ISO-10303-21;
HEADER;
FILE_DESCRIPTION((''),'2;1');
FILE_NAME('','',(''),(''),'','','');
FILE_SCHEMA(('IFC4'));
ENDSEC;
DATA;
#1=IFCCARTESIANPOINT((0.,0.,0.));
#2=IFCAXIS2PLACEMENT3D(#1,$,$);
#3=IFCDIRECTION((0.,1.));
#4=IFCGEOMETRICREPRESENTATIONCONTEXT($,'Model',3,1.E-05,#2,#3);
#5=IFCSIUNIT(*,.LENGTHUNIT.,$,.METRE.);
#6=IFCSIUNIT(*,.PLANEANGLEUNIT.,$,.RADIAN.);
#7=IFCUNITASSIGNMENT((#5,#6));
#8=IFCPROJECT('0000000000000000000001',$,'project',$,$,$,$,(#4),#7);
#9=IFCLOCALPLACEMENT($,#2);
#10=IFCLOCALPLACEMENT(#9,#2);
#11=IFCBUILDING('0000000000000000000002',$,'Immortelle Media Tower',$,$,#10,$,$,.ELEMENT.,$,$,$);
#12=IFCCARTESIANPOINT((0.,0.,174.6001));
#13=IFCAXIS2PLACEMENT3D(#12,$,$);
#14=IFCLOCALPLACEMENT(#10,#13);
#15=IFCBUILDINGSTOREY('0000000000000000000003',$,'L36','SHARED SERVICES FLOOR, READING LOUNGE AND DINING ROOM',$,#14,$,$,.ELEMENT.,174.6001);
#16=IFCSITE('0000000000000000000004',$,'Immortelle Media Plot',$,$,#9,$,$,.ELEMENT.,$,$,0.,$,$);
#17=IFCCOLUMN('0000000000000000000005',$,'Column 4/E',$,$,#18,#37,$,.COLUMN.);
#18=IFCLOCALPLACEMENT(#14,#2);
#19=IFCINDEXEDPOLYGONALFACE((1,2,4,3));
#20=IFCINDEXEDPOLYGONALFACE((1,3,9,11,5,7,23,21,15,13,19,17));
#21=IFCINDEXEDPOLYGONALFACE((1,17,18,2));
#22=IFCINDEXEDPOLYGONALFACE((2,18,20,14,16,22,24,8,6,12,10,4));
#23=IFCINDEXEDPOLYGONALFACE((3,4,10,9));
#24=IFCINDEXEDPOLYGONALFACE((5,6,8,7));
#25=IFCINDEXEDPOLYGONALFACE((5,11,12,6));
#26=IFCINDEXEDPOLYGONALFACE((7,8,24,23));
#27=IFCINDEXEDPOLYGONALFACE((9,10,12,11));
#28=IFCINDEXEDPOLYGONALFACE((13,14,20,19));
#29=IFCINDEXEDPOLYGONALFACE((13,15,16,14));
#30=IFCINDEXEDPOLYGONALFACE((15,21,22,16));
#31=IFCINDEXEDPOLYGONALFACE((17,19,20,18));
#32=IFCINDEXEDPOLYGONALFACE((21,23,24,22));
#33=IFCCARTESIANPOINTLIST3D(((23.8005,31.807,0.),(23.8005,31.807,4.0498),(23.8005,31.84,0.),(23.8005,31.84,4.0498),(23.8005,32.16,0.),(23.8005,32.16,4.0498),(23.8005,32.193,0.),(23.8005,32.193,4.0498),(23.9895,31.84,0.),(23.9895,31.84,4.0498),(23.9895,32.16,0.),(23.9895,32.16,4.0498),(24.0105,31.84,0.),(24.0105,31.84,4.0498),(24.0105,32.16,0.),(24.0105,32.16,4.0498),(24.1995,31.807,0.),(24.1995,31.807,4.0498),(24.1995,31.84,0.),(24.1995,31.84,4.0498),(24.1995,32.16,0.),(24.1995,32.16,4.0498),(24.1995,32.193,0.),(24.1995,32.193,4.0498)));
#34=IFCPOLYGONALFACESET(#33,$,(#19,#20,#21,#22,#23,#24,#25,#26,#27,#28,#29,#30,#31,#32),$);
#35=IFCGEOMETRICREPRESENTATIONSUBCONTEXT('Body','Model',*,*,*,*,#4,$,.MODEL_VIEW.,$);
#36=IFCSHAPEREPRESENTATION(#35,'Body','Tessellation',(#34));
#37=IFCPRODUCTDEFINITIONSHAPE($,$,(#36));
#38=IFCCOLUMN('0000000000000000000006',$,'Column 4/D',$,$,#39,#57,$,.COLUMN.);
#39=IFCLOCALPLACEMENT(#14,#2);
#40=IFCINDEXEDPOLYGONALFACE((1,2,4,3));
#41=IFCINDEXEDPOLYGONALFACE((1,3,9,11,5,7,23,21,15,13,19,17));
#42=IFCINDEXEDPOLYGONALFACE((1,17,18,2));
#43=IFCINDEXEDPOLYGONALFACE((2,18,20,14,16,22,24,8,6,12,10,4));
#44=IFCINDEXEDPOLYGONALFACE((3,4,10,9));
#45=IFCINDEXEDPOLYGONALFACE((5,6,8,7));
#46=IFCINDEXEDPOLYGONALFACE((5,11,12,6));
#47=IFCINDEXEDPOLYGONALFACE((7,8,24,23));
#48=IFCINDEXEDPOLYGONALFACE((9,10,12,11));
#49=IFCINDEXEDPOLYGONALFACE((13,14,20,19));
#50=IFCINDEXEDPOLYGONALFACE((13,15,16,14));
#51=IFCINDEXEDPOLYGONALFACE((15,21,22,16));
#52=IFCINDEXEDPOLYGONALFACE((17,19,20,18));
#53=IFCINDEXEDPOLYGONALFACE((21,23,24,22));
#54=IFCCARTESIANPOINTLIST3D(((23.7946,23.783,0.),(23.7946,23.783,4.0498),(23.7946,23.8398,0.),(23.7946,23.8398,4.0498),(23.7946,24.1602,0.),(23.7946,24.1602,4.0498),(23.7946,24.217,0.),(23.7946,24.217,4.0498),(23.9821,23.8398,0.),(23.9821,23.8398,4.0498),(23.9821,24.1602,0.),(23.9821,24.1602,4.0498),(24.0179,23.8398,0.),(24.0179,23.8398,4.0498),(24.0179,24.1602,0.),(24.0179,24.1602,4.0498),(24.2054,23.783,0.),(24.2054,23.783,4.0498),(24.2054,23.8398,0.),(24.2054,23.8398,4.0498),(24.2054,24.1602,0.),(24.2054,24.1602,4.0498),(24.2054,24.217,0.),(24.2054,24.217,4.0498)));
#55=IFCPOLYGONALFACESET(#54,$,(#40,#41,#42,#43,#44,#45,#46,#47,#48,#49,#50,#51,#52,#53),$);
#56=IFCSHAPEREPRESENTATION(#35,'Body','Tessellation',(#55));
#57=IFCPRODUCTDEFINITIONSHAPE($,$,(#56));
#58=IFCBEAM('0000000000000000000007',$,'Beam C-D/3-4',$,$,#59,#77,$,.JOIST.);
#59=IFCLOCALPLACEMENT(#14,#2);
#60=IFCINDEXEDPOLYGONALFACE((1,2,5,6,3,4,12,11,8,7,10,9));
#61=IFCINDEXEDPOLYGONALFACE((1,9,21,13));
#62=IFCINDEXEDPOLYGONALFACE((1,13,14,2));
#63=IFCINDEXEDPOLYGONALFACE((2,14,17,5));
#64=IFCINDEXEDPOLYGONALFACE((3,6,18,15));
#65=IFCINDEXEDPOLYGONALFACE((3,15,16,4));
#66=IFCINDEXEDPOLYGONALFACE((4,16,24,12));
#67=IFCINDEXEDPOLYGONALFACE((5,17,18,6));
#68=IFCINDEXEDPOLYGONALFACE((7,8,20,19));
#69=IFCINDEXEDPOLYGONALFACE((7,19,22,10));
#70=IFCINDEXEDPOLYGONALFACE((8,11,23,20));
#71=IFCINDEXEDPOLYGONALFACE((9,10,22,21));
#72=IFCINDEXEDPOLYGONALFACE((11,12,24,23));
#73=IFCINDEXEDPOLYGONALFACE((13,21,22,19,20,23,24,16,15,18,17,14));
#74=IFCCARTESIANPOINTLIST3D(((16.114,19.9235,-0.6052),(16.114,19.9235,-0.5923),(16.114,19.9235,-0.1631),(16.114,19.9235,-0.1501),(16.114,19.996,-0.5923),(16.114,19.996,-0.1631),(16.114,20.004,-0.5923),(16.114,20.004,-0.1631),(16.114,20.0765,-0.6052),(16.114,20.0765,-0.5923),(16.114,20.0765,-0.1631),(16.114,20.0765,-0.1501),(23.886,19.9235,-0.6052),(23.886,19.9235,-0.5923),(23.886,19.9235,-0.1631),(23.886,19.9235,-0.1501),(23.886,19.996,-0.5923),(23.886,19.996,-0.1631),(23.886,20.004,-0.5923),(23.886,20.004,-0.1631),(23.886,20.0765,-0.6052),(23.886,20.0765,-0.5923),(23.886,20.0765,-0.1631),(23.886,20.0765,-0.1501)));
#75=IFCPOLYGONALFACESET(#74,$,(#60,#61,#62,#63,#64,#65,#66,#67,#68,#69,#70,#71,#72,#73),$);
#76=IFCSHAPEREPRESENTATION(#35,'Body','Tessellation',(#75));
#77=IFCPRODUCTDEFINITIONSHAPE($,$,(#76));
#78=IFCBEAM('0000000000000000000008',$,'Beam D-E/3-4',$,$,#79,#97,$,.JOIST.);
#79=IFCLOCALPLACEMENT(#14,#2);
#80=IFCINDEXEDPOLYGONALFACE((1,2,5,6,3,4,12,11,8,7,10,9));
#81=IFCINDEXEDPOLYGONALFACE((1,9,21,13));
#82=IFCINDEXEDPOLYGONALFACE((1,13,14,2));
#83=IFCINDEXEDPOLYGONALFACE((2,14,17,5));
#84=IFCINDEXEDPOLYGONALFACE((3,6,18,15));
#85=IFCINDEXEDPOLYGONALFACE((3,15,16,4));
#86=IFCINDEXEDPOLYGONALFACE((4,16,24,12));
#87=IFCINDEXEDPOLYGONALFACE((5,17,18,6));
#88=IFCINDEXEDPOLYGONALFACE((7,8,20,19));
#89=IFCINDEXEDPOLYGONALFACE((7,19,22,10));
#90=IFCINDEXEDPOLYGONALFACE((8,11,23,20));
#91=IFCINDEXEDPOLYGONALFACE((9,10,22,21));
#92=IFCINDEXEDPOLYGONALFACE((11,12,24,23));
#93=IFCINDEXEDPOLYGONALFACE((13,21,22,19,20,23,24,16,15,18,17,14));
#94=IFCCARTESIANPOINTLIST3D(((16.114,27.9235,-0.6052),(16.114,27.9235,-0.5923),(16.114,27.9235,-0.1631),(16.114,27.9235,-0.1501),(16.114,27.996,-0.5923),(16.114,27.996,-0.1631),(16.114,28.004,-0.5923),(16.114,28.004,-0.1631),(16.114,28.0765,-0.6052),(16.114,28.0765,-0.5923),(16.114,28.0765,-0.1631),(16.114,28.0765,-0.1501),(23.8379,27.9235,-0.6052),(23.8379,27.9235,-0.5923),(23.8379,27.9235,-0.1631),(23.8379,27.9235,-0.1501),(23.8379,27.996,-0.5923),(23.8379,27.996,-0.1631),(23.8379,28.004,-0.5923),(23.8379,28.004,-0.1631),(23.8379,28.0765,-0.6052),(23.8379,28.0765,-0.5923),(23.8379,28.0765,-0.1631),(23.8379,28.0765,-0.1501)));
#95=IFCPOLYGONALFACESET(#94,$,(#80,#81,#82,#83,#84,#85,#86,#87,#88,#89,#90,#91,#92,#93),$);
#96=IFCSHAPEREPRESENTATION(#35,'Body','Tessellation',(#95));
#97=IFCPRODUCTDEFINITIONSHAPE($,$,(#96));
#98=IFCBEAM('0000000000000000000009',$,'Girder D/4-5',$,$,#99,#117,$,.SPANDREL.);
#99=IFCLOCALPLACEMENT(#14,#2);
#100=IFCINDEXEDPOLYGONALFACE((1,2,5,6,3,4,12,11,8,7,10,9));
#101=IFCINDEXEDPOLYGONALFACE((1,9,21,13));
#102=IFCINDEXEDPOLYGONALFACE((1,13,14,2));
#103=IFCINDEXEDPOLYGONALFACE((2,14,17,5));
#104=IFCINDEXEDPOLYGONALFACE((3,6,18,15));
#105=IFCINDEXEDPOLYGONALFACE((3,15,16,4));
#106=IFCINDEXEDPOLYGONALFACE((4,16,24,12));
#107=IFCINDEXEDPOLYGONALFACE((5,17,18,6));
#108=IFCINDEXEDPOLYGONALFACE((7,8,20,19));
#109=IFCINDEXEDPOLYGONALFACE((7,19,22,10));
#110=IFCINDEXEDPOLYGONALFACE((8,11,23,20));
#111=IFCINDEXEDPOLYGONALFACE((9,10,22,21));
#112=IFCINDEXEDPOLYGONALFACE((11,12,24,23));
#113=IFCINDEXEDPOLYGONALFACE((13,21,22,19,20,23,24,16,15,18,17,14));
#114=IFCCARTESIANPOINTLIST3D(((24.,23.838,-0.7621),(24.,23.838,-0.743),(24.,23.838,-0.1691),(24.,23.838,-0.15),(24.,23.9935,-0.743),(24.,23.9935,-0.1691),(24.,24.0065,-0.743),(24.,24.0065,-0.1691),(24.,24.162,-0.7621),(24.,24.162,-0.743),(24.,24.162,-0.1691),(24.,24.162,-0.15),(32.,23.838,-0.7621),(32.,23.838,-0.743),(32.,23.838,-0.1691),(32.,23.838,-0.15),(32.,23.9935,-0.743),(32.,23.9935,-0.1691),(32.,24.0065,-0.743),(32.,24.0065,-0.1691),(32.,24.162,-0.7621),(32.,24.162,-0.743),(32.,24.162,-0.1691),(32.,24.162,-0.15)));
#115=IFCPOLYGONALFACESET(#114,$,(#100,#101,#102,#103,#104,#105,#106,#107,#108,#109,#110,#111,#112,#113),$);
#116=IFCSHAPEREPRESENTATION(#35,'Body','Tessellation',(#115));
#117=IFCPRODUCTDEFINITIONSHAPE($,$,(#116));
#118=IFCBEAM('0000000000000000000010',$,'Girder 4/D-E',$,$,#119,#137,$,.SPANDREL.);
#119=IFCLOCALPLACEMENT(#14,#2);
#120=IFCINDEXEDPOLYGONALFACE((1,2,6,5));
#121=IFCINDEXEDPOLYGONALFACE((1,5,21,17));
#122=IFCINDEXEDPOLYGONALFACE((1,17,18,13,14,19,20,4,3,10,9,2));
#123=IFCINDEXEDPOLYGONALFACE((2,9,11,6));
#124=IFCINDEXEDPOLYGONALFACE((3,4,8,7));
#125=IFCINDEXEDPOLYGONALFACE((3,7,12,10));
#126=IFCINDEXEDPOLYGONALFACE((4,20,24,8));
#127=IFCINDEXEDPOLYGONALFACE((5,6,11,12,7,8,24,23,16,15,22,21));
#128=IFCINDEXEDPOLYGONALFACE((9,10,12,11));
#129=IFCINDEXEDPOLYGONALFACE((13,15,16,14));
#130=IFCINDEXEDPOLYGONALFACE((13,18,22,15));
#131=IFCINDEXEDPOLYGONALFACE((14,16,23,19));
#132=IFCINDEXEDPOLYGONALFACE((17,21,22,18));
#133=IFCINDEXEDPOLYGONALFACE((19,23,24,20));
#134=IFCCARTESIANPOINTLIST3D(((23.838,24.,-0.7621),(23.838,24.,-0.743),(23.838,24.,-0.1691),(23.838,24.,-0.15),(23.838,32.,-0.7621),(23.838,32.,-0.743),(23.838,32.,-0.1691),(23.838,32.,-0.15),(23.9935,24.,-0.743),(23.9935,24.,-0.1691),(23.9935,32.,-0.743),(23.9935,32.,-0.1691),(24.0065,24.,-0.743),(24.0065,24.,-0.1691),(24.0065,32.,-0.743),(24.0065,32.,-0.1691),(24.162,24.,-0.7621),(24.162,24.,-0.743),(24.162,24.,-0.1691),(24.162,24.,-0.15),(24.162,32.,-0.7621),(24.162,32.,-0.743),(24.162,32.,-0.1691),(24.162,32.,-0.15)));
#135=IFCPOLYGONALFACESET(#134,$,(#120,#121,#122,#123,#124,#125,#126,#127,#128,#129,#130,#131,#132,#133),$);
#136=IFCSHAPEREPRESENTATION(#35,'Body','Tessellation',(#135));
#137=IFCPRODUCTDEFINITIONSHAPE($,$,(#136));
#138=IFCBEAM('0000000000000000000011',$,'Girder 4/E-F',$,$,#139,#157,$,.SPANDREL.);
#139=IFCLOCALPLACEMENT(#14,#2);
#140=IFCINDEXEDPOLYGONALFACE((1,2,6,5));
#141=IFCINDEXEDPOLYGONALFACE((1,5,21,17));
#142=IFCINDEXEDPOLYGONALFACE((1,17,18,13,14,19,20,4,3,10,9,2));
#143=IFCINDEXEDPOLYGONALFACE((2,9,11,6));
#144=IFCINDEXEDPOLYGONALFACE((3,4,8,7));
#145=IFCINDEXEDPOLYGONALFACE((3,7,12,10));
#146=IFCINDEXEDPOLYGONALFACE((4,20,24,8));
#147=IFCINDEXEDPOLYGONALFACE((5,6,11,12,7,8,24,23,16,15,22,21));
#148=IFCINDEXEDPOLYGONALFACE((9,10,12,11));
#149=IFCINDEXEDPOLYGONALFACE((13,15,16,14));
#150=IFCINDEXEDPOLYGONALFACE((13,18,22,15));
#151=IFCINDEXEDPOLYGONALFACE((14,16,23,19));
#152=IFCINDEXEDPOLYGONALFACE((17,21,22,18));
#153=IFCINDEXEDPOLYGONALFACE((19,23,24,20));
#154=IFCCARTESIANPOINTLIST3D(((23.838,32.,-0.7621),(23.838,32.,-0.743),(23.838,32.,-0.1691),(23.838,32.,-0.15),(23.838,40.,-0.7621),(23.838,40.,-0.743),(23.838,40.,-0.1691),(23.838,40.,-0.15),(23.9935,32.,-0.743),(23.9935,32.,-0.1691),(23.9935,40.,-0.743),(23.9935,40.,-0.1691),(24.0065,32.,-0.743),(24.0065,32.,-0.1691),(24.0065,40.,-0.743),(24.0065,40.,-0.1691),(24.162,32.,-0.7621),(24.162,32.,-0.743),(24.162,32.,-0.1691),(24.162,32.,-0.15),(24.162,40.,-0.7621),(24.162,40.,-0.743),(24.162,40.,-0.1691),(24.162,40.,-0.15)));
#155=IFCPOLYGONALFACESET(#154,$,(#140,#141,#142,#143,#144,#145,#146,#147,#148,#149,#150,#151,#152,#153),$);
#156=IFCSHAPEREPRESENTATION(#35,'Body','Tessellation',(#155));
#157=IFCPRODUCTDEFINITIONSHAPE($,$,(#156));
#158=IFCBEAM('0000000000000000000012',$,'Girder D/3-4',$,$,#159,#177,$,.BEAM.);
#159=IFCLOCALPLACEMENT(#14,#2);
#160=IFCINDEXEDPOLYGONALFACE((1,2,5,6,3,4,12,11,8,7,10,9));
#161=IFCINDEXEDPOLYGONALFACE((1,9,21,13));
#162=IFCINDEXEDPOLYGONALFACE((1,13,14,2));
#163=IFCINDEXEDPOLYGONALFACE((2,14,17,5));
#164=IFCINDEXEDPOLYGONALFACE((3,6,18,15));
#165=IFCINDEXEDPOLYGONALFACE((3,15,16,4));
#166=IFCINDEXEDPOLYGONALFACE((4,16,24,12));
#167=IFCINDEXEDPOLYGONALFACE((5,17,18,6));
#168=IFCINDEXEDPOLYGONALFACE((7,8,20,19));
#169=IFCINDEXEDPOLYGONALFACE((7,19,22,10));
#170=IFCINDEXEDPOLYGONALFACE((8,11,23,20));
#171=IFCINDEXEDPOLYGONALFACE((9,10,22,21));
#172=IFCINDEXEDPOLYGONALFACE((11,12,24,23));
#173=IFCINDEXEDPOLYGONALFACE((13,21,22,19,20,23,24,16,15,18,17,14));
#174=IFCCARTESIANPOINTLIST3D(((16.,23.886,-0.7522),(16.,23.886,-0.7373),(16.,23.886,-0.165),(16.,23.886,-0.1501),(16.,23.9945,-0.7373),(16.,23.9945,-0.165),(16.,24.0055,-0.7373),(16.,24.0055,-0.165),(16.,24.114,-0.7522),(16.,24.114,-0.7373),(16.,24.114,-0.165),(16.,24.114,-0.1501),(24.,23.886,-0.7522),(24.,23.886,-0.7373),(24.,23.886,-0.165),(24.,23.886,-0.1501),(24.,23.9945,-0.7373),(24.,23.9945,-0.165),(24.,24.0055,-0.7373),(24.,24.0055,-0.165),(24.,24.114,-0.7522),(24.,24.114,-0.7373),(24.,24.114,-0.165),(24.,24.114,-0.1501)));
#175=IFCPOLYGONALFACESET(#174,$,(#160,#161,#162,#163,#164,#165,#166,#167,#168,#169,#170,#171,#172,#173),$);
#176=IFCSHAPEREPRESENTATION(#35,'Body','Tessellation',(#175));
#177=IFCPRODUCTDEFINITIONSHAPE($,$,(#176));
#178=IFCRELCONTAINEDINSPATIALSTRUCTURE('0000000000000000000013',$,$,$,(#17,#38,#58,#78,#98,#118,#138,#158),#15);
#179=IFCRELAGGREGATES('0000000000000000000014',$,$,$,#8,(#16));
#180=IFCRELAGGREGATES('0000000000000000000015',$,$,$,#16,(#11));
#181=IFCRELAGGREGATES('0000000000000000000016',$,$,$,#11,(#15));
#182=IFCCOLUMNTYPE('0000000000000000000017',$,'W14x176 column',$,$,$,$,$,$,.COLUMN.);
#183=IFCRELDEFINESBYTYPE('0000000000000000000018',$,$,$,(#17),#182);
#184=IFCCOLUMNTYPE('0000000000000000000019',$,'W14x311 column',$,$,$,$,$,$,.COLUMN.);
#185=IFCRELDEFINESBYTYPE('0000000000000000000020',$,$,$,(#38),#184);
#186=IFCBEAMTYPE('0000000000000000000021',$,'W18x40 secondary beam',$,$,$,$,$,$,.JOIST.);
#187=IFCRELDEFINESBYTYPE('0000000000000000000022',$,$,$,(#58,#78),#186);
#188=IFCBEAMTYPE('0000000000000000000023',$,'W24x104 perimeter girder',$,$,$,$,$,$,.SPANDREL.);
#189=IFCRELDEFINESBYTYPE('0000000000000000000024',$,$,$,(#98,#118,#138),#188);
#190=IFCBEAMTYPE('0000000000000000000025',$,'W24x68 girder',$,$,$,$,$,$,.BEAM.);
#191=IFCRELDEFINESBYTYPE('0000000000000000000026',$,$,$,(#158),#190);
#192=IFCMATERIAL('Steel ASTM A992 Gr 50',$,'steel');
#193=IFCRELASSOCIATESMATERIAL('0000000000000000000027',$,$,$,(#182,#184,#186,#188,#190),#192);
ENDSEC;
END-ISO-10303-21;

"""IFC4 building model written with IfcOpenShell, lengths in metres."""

from ifc_helpers import new_model, si_unit, direction, frame, origin, origin_2d, place, context, subcontext, project, spatial, i_section, extrude, material, material_profile, profile_set, type_object, element, save


model = new_model("IFC4")

# Units and contexts
model_context = context("Model", 3, precision=1e-05, world=origin(), true_north=direction((0.0, 1.0)))
body_context = subcontext(model_context, "Body", "Model", "MODEL_VIEW")
ifc_project = project(units=[si_unit("LENGTHUNIT", "METRE"), si_unit("PLANEANGLEUNIT", "RADIAN")], contexts=[model_context])

# Site, building, storey
site_placement = place(None, origin())
site = spatial("IfcSite", under=ifc_project, at=site_placement, Name="Immortelle Media Plot", CompositionType="ELEMENT", RefElevation=0.0)
building_placement = place(site_placement, origin())
building = spatial("IfcBuilding", under=site, at=building_placement, Name="Immortelle Media Tower", CompositionType="ELEMENT")
storey_placement = place(building_placement, frame((0.0, 0.0, 174.6001)))
storey = spatial("IfcBuildingStorey", under=building, at=storey_placement, Name="L36", Description="SHARED SERVICES FLOOR, READING LOUNGE AND DINING ROOM", CompositionType="ELEMENT", Elevation=174.6001)

# Columns
ifc_material_1 = material(Name="Steel ASTM A992 Gr 50", Category="steel")
ifc_material_profile_1 = material_profile(ifc_material_1, i_section(OverallWidth=0.3989, OverallDepth=0.386, WebThickness=0.021, FlangeThickness=0.033, at=origin_2d()), Name="W14x176")
ifc_profile_set_1 = profile_set([ifc_material_profile_1], Name="Steel ASTM A992 Gr 50")
column_type_1 = type_object("IfcColumnType", Name="W14x176 column", PredefinedType="COLUMN", material=ifc_profile_set_1)
column_1_placement = place(storey_placement, frame((24.0, 32.0, 0.0), z_axis=(0.0, 0.0, 1.0), x_axis=(1.0, 0.0, 0.0)))
element("IfcColumn", 1, at=column_1_placement, inside=storey, type_object=column_type_1, Name="Column 4/E", PredefinedType="COLUMN", context=body_context, shape_type="SweptSolid", body=[
    extrude(i_section(OverallWidth=0.3989, OverallDepth=0.386, WebThickness=0.021, FlangeThickness=0.033, at=origin_2d()), origin(), (0.0, 0.0, 1.0), 4.0498),
])
ifc_material_profile_2 = material_profile(ifc_material_1, i_section(OverallWidth=0.4109, OverallDepth=0.4341, WebThickness=0.0359, FlangeThickness=0.0569, at=origin_2d()), Name="W14x311")
ifc_profile_set_2 = profile_set([ifc_material_profile_2], Name="Steel ASTM A992 Gr 50")
column_type_2 = type_object("IfcColumnType", Name="W14x311 column", PredefinedType="COLUMN", material=ifc_profile_set_2)
column_2_placement = place(storey_placement, frame((24.0, 24.0, 0.0), z_axis=(0.0, 0.0, 1.0), x_axis=(1.0, 0.0, 0.0)))
element("IfcColumn", 2, at=column_2_placement, inside=storey, type_object=column_type_2, Name="Column 4/D", PredefinedType="COLUMN", context=body_context, shape_type="SweptSolid", body=[
    extrude(i_section(OverallWidth=0.4109, OverallDepth=0.4341, WebThickness=0.0359, FlangeThickness=0.0569, at=origin_2d()), origin(), (0.0, 0.0, 1.0), 4.0498),
])

# Beams
ifc_material_profile_3 = material_profile(ifc_material_1, i_section(OverallWidth=0.1531, OverallDepth=0.4551, WebThickness=0.0081, FlangeThickness=0.0129, at=origin_2d()), Name="W18x40")
ifc_profile_set_3 = profile_set([ifc_material_profile_3], Name="Steel ASTM A992 Gr 50")
beam_type_1 = type_object("IfcBeamType", Name="W18x40 secondary beam", PredefinedType="JOIST", material=ifc_profile_set_3)
beam_1_placement = place(storey_placement, frame((16.114, 20.0, -0.3777), z_axis=(1.0, 0.0, 0.0), x_axis=(0.0, 1.0, 0.0)))
element("IfcBeam", 3, at=beam_1_placement, inside=storey, type_object=beam_type_1, Name="Beam C-D/3-4", PredefinedType="JOIST", context=body_context, shape_type="SweptSolid", body=[
    extrude(i_section(OverallWidth=0.1531, OverallDepth=0.4551, WebThickness=0.0081, FlangeThickness=0.0129, at=origin_2d()), origin(), (0.0, 0.0, 1.0), 7.772),
])
beam_2_placement = place(storey_placement, frame((16.114, 28.0, -0.3777), z_axis=(1.0, 0.0, 0.0), x_axis=(0.0, 1.0, 0.0)))
element("IfcBeam", 4, at=beam_2_placement, inside=storey, type_object=beam_type_1, Name="Beam D-E/3-4", PredefinedType="JOIST", context=body_context, shape_type="SweptSolid", body=[
    extrude(i_section(OverallWidth=0.1531, OverallDepth=0.4551, WebThickness=0.0081, FlangeThickness=0.0129, at=origin_2d()), origin(), (0.0, 0.0, 1.0), 7.7239),
])
ifc_material_profile_4 = material_profile(ifc_material_1, i_section(OverallWidth=0.324, OverallDepth=0.6121, WebThickness=0.0129, FlangeThickness=0.019, at=origin_2d()), Name="W24x104")
ifc_profile_set_4 = profile_set([ifc_material_profile_4], Name="Steel ASTM A992 Gr 50")
beam_type_2 = type_object("IfcBeamType", Name="W24x104 perimeter girder", PredefinedType="SPANDREL", material=ifc_profile_set_4)
for number, where, z_axis, x_axis, name in (
    (5, (24.0, 24.0, -0.4561), (1.0, 0.0, 0.0), (0.0, 1.0, 0.0), "Girder D/4-5"),
    (6, (24.0, 24.0, -0.4561), (0.0, 1.0, 0.0), (-1.0, 0.0, 0.0), "Girder 4/D-E"),
    (7, (24.0, 32.0, -0.4561), (0.0, 1.0, 0.0), (-1.0, 0.0, 0.0), "Girder 4/E-F"),
):
    element("IfcBeam", number, at=place(storey_placement, frame(where, z_axis=z_axis, x_axis=x_axis)), inside=storey, type_object=beam_type_2, Name=name, PredefinedType="SPANDREL", context=body_context, shape_type="SweptSolid", body=[
        extrude(i_section(OverallWidth=0.324, OverallDepth=0.6121, WebThickness=0.0129, FlangeThickness=0.019, at=origin_2d()), origin(), (0.0, 0.0, 1.0), 8.0),
    ])
ifc_material_profile_5 = material_profile(ifc_material_1, i_section(OverallWidth=0.228, OverallDepth=0.6021, WebThickness=0.011, FlangeThickness=0.0149, at=origin_2d()), Name="W24x68")
ifc_profile_set_5 = profile_set([ifc_material_profile_5], Name="Steel ASTM A992 Gr 50")
beam_type_3 = type_object("IfcBeamType", Name="W24x68 girder", PredefinedType="BEAM", material=ifc_profile_set_5)
for number, where, z_axis, x_axis, name in (
    (8, (16.0, 24.0, -0.4512), (1.0, 0.0, 0.0), (0.0, 1.0, 0.0), "Girder D/3-4"),
):
    element("IfcBeam", number, at=place(storey_placement, frame(where, z_axis=z_axis, x_axis=x_axis)), inside=storey, type_object=beam_type_3, Name=name, PredefinedType="BEAM", context=body_context, shape_type="SweptSolid", body=[
        extrude(i_section(OverallWidth=0.228, OverallDepth=0.6021, WebThickness=0.011, FlangeThickness=0.0149, at=origin_2d()), origin(), (0.0, 0.0, 1.0), 8.0),
    ])

save(model, "model.ifc")
